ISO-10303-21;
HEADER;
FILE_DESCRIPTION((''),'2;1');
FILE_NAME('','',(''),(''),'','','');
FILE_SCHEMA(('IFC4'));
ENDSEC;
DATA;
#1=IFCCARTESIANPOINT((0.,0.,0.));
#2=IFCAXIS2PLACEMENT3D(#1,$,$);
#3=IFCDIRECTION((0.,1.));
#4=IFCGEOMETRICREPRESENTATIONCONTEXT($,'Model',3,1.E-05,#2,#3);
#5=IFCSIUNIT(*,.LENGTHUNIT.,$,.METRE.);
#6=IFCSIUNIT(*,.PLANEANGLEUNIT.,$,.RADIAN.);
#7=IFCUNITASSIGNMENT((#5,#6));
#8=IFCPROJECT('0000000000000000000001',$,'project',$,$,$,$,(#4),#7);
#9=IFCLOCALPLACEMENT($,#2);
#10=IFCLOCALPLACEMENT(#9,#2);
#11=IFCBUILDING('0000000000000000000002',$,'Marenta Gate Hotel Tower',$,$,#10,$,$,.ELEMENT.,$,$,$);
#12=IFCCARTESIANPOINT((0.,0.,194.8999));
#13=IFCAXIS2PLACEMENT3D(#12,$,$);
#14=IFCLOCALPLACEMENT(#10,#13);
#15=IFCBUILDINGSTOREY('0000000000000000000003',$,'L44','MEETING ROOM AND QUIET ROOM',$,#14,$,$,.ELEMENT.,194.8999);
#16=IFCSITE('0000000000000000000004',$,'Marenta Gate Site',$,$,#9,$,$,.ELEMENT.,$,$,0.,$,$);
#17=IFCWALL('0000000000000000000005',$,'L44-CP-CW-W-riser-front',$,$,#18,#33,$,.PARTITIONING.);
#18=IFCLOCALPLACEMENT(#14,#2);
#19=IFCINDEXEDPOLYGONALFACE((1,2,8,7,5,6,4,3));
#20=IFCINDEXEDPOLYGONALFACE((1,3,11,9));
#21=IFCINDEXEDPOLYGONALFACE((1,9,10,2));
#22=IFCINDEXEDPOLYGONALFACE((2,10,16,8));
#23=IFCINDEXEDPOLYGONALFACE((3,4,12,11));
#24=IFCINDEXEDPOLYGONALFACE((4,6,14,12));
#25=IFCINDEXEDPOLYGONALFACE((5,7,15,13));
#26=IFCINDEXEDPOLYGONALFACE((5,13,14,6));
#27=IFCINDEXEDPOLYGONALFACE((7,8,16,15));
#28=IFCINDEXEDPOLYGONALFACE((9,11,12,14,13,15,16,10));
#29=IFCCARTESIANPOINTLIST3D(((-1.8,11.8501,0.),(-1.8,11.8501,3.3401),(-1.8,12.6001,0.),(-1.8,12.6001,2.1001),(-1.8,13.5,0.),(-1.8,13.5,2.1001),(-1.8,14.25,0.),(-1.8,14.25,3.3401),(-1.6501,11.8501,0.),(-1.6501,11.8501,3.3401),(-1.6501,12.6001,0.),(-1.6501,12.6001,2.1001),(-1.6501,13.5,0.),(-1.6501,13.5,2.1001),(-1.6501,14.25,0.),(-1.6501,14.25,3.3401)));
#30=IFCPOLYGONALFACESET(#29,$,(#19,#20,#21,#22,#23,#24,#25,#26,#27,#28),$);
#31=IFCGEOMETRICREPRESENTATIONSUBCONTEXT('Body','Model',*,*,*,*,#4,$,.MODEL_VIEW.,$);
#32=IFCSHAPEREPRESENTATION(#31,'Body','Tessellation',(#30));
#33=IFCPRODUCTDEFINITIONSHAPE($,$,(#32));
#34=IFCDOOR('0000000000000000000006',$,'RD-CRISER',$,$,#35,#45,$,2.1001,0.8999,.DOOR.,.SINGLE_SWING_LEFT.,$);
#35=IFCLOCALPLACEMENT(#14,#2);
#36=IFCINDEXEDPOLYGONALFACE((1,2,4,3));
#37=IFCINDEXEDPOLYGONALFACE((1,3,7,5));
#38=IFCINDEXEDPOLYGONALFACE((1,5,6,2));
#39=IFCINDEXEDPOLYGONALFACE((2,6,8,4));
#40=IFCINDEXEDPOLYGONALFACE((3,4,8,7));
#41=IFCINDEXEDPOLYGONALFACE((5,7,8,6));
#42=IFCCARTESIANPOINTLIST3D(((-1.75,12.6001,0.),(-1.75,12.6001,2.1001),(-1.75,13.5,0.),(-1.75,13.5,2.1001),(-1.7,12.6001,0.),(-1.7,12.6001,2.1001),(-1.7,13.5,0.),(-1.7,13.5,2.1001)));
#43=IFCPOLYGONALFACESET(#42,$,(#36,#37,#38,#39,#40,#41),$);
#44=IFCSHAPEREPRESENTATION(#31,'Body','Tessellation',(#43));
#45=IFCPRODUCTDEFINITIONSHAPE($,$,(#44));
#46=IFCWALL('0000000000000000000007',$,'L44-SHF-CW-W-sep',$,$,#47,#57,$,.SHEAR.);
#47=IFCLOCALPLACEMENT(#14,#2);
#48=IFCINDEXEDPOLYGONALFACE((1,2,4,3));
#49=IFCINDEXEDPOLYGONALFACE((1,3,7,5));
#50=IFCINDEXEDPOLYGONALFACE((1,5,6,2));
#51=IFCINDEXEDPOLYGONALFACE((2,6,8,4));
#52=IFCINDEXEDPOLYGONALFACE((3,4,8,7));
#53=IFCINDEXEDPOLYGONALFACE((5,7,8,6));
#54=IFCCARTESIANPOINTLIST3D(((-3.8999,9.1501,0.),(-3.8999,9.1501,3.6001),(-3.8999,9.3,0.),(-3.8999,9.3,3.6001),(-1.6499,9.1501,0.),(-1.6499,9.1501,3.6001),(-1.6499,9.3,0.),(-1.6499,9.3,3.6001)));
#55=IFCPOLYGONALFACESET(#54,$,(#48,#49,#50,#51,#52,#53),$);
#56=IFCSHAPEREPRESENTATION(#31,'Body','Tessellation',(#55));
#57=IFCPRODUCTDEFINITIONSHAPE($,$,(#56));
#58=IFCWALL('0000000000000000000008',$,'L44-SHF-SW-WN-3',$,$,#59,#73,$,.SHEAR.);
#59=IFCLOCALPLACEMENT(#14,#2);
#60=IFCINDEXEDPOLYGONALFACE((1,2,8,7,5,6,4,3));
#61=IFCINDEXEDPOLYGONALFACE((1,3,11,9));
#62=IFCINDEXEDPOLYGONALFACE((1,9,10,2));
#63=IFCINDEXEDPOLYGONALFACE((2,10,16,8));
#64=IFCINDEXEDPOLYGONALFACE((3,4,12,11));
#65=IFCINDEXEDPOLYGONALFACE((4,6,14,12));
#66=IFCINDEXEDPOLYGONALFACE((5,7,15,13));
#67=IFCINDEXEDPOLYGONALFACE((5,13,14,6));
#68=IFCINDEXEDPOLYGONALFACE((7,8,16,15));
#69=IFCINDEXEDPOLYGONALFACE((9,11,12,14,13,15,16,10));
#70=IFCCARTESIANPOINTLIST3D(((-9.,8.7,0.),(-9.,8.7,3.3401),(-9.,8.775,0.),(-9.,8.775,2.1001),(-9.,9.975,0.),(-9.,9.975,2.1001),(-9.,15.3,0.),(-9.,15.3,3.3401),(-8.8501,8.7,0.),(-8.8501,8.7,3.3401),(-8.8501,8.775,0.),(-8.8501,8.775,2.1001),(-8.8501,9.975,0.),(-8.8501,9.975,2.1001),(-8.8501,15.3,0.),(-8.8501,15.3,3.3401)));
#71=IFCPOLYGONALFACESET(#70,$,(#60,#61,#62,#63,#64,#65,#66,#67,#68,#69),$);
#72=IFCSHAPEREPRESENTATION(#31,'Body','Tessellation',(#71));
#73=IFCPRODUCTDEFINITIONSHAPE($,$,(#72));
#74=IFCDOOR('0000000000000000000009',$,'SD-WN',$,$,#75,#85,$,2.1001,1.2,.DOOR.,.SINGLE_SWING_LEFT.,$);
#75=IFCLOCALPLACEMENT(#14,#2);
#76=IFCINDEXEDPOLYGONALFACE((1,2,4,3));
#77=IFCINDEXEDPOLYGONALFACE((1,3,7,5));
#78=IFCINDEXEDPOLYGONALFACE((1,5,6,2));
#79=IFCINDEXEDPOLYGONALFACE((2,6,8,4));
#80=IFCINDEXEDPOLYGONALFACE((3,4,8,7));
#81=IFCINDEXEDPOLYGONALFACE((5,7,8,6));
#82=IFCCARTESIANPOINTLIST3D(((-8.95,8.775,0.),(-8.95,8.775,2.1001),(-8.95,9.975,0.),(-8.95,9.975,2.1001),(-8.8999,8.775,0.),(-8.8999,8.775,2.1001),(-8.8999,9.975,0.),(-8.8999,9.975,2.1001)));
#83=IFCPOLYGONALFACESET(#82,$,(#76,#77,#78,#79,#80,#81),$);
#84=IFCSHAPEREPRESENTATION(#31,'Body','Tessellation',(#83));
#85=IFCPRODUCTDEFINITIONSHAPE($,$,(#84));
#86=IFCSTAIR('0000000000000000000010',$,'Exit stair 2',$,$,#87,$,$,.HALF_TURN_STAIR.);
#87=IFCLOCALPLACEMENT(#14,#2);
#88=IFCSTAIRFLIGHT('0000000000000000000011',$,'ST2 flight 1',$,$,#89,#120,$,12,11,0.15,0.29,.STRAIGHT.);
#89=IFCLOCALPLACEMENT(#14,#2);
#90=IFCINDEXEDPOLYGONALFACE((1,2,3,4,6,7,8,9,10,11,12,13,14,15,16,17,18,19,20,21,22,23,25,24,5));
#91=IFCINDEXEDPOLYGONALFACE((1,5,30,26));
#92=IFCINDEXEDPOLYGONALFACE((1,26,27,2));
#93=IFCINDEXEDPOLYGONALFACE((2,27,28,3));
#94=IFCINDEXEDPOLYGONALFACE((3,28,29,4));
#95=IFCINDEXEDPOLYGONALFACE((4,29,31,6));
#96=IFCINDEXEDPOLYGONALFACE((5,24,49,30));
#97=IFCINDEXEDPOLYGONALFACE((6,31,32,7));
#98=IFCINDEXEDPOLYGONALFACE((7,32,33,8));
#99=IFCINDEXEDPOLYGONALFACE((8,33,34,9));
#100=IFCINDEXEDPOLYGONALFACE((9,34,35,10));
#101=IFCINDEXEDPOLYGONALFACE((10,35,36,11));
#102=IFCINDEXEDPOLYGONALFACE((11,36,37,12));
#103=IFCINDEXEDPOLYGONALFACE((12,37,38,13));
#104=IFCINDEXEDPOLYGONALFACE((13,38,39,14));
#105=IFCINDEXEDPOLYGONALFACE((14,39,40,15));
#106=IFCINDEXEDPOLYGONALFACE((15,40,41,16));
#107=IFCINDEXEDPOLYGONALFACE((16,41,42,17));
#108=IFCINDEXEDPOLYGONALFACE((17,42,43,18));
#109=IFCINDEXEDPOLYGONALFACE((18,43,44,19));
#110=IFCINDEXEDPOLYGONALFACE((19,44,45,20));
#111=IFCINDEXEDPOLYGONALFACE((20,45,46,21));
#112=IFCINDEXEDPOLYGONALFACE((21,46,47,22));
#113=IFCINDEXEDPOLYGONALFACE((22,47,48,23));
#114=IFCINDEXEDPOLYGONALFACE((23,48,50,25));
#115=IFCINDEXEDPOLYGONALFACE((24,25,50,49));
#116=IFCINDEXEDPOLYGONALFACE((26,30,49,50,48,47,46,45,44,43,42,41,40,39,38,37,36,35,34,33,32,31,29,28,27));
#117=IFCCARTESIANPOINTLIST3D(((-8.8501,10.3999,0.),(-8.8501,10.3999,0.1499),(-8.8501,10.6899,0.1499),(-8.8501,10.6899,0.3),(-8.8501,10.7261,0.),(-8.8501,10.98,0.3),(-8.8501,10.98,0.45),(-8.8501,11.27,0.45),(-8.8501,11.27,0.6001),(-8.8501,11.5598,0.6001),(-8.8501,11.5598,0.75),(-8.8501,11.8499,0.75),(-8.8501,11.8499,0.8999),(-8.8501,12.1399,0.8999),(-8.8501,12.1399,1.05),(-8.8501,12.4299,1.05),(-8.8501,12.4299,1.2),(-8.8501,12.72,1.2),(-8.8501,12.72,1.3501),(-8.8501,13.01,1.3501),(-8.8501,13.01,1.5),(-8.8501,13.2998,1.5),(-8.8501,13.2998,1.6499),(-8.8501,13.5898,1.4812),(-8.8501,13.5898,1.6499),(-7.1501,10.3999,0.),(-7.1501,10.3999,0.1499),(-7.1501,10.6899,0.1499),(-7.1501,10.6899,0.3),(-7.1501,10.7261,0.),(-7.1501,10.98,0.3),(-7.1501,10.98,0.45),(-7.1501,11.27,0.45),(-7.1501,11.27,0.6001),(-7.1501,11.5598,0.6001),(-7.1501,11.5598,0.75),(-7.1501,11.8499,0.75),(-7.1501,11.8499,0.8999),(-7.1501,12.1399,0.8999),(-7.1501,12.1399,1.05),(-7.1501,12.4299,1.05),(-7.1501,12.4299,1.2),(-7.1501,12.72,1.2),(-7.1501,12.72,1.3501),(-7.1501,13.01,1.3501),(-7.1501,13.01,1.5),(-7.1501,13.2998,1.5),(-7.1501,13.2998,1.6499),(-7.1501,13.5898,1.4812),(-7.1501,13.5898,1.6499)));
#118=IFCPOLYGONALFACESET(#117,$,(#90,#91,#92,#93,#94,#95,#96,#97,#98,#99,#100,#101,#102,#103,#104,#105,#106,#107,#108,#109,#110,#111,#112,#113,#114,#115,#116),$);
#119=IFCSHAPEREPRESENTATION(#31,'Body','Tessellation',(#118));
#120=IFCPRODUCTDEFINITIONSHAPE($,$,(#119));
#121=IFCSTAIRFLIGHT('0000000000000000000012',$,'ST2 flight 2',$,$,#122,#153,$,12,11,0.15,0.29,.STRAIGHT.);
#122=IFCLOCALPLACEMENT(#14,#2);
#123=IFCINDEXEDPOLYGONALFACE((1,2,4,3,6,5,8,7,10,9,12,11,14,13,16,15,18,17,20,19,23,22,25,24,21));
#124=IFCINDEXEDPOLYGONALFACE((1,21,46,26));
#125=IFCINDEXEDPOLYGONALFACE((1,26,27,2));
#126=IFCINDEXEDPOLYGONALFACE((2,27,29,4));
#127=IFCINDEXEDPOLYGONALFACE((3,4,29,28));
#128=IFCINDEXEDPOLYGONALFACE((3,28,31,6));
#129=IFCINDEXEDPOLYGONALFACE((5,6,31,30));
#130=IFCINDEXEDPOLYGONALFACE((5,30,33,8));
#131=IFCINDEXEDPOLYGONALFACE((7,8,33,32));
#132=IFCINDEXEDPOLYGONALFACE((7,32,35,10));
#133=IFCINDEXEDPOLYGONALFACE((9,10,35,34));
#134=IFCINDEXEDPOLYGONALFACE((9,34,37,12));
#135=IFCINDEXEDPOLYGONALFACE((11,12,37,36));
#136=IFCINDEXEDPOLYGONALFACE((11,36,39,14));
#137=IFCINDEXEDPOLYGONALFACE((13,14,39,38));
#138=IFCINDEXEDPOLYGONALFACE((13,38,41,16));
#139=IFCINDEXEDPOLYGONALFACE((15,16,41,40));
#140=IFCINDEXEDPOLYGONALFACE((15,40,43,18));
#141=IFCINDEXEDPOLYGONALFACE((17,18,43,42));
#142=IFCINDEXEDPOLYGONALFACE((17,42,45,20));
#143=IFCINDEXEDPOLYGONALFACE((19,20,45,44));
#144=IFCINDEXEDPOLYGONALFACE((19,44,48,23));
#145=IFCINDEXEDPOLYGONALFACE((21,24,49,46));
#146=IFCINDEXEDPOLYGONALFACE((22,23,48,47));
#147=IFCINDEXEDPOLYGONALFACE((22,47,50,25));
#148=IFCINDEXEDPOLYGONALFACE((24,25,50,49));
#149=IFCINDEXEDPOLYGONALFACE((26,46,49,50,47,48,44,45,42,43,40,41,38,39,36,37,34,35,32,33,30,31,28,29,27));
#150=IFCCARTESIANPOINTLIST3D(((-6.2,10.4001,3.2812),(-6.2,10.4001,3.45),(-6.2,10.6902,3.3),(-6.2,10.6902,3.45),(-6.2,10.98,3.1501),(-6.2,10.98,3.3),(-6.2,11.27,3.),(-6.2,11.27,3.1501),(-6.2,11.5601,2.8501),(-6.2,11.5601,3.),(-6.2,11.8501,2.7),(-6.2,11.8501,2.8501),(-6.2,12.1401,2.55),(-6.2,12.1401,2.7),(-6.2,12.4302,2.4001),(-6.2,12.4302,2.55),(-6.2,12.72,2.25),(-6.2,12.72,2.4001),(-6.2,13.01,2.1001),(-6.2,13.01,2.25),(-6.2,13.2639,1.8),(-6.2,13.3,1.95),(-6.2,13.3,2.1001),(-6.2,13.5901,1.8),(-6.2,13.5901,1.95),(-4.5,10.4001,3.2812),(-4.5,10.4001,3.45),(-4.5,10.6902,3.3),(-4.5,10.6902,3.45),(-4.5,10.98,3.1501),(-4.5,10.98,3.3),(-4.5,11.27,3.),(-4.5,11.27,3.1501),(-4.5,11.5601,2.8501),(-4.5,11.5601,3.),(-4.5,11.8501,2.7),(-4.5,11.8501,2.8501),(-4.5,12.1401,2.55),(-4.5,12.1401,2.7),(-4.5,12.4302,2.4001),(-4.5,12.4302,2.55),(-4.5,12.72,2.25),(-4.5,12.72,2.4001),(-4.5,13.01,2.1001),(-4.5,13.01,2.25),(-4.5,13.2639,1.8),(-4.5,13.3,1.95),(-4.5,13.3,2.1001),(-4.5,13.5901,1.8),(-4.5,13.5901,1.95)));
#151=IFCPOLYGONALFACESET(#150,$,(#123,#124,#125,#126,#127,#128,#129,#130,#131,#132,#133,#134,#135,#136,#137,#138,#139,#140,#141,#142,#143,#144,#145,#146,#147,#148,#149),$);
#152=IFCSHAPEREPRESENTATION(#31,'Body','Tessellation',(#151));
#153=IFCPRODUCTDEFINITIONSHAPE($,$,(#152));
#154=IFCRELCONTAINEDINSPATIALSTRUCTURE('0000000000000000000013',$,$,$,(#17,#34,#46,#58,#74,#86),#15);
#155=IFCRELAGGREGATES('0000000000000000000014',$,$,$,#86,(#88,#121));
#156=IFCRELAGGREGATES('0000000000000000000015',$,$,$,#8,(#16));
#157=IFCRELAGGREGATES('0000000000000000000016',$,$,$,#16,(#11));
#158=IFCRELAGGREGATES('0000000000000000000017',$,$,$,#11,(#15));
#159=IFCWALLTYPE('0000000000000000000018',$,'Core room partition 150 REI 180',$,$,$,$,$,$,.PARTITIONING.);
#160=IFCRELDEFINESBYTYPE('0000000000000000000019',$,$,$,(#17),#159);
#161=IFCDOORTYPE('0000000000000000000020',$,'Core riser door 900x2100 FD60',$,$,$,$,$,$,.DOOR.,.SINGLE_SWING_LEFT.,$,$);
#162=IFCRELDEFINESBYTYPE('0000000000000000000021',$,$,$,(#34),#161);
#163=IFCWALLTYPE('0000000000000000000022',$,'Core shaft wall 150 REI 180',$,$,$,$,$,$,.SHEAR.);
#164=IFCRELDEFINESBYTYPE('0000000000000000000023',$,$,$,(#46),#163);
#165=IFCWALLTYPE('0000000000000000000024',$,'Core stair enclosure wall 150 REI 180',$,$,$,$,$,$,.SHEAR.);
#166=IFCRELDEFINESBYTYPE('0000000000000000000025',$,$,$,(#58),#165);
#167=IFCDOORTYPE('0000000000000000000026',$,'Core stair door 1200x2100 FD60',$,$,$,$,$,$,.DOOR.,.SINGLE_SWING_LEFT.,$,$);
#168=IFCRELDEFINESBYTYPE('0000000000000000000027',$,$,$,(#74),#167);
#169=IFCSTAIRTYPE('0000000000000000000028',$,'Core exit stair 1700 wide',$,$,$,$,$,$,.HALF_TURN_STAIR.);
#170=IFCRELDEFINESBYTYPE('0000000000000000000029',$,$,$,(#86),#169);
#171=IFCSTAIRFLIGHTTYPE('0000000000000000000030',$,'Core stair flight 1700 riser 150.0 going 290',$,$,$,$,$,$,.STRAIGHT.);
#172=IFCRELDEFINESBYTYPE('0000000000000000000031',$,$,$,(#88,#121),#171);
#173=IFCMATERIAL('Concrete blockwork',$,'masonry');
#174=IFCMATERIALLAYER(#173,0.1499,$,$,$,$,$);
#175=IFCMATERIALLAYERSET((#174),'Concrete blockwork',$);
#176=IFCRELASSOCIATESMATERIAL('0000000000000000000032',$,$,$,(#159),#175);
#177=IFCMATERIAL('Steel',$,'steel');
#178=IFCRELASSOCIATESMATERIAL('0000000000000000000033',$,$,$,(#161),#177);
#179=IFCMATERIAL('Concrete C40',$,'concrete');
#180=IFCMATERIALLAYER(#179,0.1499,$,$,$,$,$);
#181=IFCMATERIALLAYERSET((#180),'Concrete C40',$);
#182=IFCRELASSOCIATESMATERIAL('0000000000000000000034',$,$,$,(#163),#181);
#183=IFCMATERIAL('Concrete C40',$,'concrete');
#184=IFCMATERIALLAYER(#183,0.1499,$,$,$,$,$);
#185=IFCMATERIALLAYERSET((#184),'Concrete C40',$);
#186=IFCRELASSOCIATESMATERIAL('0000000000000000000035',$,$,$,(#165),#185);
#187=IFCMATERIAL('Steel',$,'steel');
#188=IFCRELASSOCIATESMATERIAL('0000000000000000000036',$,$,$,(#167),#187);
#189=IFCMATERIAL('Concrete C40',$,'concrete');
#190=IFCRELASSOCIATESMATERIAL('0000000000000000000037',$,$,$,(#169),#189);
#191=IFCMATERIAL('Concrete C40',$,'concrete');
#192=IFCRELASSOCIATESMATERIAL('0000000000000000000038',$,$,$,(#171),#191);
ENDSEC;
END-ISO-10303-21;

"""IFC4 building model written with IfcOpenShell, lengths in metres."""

from ifc_helpers import new_model, si_unit, direction, frame, frame_2d, origin, place, context, subcontext, project, spatial, polyline, rectangle, outline, extrude, material, layer, layer_set, type_object, element, fill, aggregate, save


model = new_model("IFC4")

# Units and contexts
model_context = context("Model", 3, precision=1e-05, world=origin(), true_north=direction((0.0, 1.0)))
body_context = subcontext(model_context, "Body", "Model", "MODEL_VIEW")
ifc_project = project(units=[si_unit("LENGTHUNIT", "METRE"), si_unit("PLANEANGLEUNIT", "RADIAN")], contexts=[model_context])

# Site, building, storey
site_placement = place(None, origin())
site = spatial("IfcSite", under=ifc_project, at=site_placement, Name="Marenta Gate Site", CompositionType="ELEMENT", RefElevation=0.0)
building_placement = place(site_placement, origin())
building = spatial("IfcBuilding", under=site, at=building_placement, Name="Marenta Gate Hotel Tower", CompositionType="ELEMENT")
storey_placement = place(building_placement, frame((0.0, 0.0, 194.8999)))
storey = spatial("IfcBuildingStorey", under=building, at=storey_placement, Name="L44", Description="MEETING ROOM AND QUIET ROOM", CompositionType="ELEMENT", Elevation=194.8999)

# Wall, opening, door
ifc_material_1 = material(Name="Concrete blockwork", Category="masonry")
ifc_layer_1 = layer(ifc_material_1, 0.1499)
ifc_layer_set_1 = layer_set([ifc_layer_1], Name="Concrete blockwork")
wall_type_1 = type_object("IfcWallType", Name="Core room partition 150 REI 180", PredefinedType="PARTITIONING", material=ifc_layer_set_1)
wall_1_placement = place(storey_placement, frame((-1.7251, 11.8501, 0.0), z_axis=(0.0, 0.0, 1.0), x_axis=(0.0, 1.0, 0.0)))
wall_1 = element("IfcWall", 1, at=wall_1_placement, inside=storey, type_object=wall_type_1, Name="L44-CP-CW-W-riser-front", PredefinedType="PARTITIONING", context=body_context, shape_type="SweptSolid", body=[
    extrude(rectangle(XDim=2.3999, YDim=0.1499, at=frame_2d((1.2, 0.0))), origin(), (0.0, 0.0, 1.0), 3.3401),
])
opening_1_placement = place(wall_1_placement, frame((0.75, 0.0, 0.0)))
opening_1 = element("IfcOpeningElement", 2, at=opening_1_placement, cuts=wall_1, PredefinedType="OPENING", context=body_context, shape_type="SweptSolid", body=[
    extrude(rectangle(XDim=0.8999, YDim=2.1001, at=frame_2d((0.45, 1.05))), frame((0.0, 0.075, 0.0), z_axis=(0.0, -1.0, 0.0), x_axis=(1.0, 0.0, 0.0)), (0.0, 0.0, 1.0), 0.1499),
])
ifc_material_2 = material(Name="Steel", Category="steel")
door_type_1 = type_object("IfcDoorType", Name="Core riser door 900x2100 FD60", OperationType="SINGLE_SWING_LEFT", PredefinedType="DOOR", material=ifc_material_2)
door_1_placement = place(opening_1_placement, origin())
door_1 = element("IfcDoor", 3, at=door_1_placement, inside=storey, type_object=door_type_1, Name="RD-CRISER", OperationType="SINGLE_SWING_LEFT", OverallHeight=2.1001, OverallWidth=0.8999, PredefinedType="DOOR", context=body_context, shape_type="SweptSolid", body=[
    extrude(rectangle(XDim=0.8999, YDim=2.1001, at=frame_2d((0.45, 1.05))), frame((0.0, 0.0249, 0.0), z_axis=(0.0, -1.0, 0.0), x_axis=(1.0, 0.0, 0.0)), (0.0, 0.0, 1.0), 0.05),
])
fill(opening_1, door_1)

# Wall
ifc_material_3 = material(Name="Concrete C40", Category="concrete")
ifc_layer_2 = layer(ifc_material_3, 0.1499)
ifc_layer_set_2 = layer_set([ifc_layer_2], Name="Concrete C40")
wall_type_2 = type_object("IfcWallType", Name="Core shaft wall 150 REI 180", PredefinedType="SHEAR", material=ifc_layer_set_2)
wall_2_placement = place(storey_placement, frame((-3.8999, 9.2251, 0.0), z_axis=(0.0, 0.0, 1.0), x_axis=(1.0, 0.0, 0.0)))
element("IfcWall", 4, at=wall_2_placement, inside=storey, type_object=wall_type_2, Name="L44-SHF-CW-W-sep", PredefinedType="SHEAR", context=body_context, shape_type="SweptSolid", body=[
    extrude(rectangle(XDim=2.25, YDim=0.1499, at=frame_2d((1.125, 0.0))), origin(), (0.0, 0.0, 1.0), 3.6001),
])

# Wall, opening, door
ifc_material_4 = material(Name="Concrete C40", Category="concrete")
ifc_layer_3 = layer(ifc_material_4, 0.1499)
ifc_layer_set_3 = layer_set([ifc_layer_3], Name="Concrete C40")
wall_type_3 = type_object("IfcWallType", Name="Core stair enclosure wall 150 REI 180", PredefinedType="SHEAR", material=ifc_layer_set_3)
wall_3_placement = place(storey_placement, frame((-8.925, 8.7, 0.0), z_axis=(0.0, 0.0, 1.0), x_axis=(0.0, 1.0, 0.0)))
wall_3 = element("IfcWall", 5, at=wall_3_placement, inside=storey, type_object=wall_type_3, Name="L44-SHF-SW-WN-3", PredefinedType="SHEAR", context=body_context, shape_type="SweptSolid", body=[
    extrude(rectangle(XDim=6.6001, YDim=0.1499, at=frame_2d((3.3, 0.0))), origin(), (0.0, 0.0, 1.0), 3.3401),
])
opening_2_placement = place(wall_3_placement, frame((0.075, 0.0, 0.0)))
opening_2 = element("IfcOpeningElement", 6, at=opening_2_placement, cuts=wall_3, PredefinedType="OPENING", context=body_context, shape_type="SweptSolid", body=[
    extrude(rectangle(XDim=1.2, YDim=2.1001, at=frame_2d((0.6001, 1.05))), frame((0.0, 0.075, 0.0), z_axis=(0.0, -1.0, 0.0), x_axis=(1.0, 0.0, 0.0)), (0.0, 0.0, 1.0), 0.1499),
])
ifc_material_5 = material(Name="Steel", Category="steel")
door_type_2 = type_object("IfcDoorType", Name="Core stair door 1200x2100 FD60", OperationType="SINGLE_SWING_LEFT", PredefinedType="DOOR", material=ifc_material_5)
door_2_placement = place(opening_2_placement, origin())
door_2 = element("IfcDoor", 7, at=door_2_placement, inside=storey, type_object=door_type_2, Name="SD-WN", OperationType="SINGLE_SWING_LEFT", OverallHeight=2.1001, OverallWidth=1.2, PredefinedType="DOOR", context=body_context, shape_type="SweptSolid", body=[
    extrude(rectangle(XDim=1.2, YDim=2.1001, at=frame_2d((0.6001, 1.05))), frame((0.0, 0.0249, 0.0), z_axis=(0.0, -1.0, 0.0), x_axis=(1.0, 0.0, 0.0)), (0.0, 0.0, 1.0), 0.05),
])
fill(opening_2, door_2)

# Stair, stair flights
ifc_material_6 = material(Name="Concrete C40", Category="concrete")
stair_type = type_object("IfcStairType", Name="Core exit stair 1700 wide", PredefinedType="HALF_TURN_STAIR", material=ifc_material_6)
stair_placement = place(storey_placement, origin())
stair = element("IfcStair", 8, at=stair_placement, inside=storey, type_object=stair_type, Name="Exit stair 2", PredefinedType="HALF_TURN_STAIR")
ifc_material_7 = material(Name="Concrete C40", Category="concrete")
stair_flight_type = type_object("IfcStairFlightType", Name="Core stair flight 1700 riser 150.0 going 290", PredefinedType="STRAIGHT", material=ifc_material_7)
stair_flight_1_placement = place(storey_placement, frame((-8.0, 10.3999, 0.0), z_axis=(0.0, 0.0, 1.0), x_axis=(0.0, 1.0, 0.0)))
stair_flight_1 = element("IfcStairFlight", 9, at=stair_flight_1_placement, type_object=stair_flight_type, Name="ST2 flight 1", NumberOfRisers=12, NumberOfTreads=11, PredefinedType="STRAIGHT", RiserHeight=0.15, TreadLength=0.29, context=body_context, shape_type="SweptSolid", body=[
    extrude(outline(polyline([(0.0, 0.0), (0.0, 0.1499), (0.29, 0.1499), (0.29, 0.3), (0.5801, 0.3), (0.5801, 0.45), (0.8701, 0.45), (0.8701, 0.6001), (1.1599, 0.6001), (1.1599, 0.75), (1.45, 0.75), (1.45, 0.8999), (1.74, 0.8999), (1.74, 1.05), (2.03, 1.05), (2.03, 1.2), (2.3201, 1.2), (2.3201, 1.3501), (2.6101, 1.3501), (2.6101, 1.5), (2.8999, 1.5), (2.8999, 1.6499), (3.1899, 1.6499), (3.1899, 1.8), (3.1899, 1.4812), (0.3262, 0.0), (0.0, 0.0)])), frame((0.0, 0.8501, 0.0), z_axis=(0.0, -1.0, 0.0), x_axis=(1.0, 0.0, 0.0)), (0.0, 0.0, 1.0), 1.7),
])
stair_flight_2_placement = place(storey_placement, frame((-5.3501, 13.5901, 1.8), z_axis=(0.0, 0.0, 1.0), x_axis=(0.0, -1.0, 0.0)))
stair_flight_2 = element("IfcStairFlight", 10, at=stair_flight_2_placement, type_object=stair_flight_type, Name="ST2 flight 2", NumberOfRisers=12, NumberOfTreads=11, PredefinedType="STRAIGHT", RiserHeight=0.15, TreadLength=0.29, context=body_context, shape_type="SweptSolid", body=[
    extrude(outline(polyline([(0.0, 0.0), (0.0, 0.1499), (0.29, 0.1499), (0.29, 0.3), (0.5801, 0.3), (0.5801, 0.45), (0.8701, 0.45), (0.8701, 0.6001), (1.1599, 0.6001), (1.1599, 0.75), (1.45, 0.75), (1.45, 0.8999), (1.74, 0.8999), (1.74, 1.05), (2.03, 1.05), (2.03, 1.2), (2.3201, 1.2), (2.3201, 1.3501), (2.6101, 1.3501), (2.6101, 1.5), (2.8999, 1.5), (2.8999, 1.6499), (3.1899, 1.6499), (3.1899, 1.8), (3.1899, 1.4812), (0.3262, 0.0), (0.0, 0.0)])), frame((0.0, 0.8501, 0.0), z_axis=(0.0, -1.0, 0.0), x_axis=(1.0, 0.0, 0.0)), (0.0, 0.0, 1.0), 1.7),
])
aggregate(stair, [stair_flight_1, stair_flight_2])

save(model, "model.ifc")
